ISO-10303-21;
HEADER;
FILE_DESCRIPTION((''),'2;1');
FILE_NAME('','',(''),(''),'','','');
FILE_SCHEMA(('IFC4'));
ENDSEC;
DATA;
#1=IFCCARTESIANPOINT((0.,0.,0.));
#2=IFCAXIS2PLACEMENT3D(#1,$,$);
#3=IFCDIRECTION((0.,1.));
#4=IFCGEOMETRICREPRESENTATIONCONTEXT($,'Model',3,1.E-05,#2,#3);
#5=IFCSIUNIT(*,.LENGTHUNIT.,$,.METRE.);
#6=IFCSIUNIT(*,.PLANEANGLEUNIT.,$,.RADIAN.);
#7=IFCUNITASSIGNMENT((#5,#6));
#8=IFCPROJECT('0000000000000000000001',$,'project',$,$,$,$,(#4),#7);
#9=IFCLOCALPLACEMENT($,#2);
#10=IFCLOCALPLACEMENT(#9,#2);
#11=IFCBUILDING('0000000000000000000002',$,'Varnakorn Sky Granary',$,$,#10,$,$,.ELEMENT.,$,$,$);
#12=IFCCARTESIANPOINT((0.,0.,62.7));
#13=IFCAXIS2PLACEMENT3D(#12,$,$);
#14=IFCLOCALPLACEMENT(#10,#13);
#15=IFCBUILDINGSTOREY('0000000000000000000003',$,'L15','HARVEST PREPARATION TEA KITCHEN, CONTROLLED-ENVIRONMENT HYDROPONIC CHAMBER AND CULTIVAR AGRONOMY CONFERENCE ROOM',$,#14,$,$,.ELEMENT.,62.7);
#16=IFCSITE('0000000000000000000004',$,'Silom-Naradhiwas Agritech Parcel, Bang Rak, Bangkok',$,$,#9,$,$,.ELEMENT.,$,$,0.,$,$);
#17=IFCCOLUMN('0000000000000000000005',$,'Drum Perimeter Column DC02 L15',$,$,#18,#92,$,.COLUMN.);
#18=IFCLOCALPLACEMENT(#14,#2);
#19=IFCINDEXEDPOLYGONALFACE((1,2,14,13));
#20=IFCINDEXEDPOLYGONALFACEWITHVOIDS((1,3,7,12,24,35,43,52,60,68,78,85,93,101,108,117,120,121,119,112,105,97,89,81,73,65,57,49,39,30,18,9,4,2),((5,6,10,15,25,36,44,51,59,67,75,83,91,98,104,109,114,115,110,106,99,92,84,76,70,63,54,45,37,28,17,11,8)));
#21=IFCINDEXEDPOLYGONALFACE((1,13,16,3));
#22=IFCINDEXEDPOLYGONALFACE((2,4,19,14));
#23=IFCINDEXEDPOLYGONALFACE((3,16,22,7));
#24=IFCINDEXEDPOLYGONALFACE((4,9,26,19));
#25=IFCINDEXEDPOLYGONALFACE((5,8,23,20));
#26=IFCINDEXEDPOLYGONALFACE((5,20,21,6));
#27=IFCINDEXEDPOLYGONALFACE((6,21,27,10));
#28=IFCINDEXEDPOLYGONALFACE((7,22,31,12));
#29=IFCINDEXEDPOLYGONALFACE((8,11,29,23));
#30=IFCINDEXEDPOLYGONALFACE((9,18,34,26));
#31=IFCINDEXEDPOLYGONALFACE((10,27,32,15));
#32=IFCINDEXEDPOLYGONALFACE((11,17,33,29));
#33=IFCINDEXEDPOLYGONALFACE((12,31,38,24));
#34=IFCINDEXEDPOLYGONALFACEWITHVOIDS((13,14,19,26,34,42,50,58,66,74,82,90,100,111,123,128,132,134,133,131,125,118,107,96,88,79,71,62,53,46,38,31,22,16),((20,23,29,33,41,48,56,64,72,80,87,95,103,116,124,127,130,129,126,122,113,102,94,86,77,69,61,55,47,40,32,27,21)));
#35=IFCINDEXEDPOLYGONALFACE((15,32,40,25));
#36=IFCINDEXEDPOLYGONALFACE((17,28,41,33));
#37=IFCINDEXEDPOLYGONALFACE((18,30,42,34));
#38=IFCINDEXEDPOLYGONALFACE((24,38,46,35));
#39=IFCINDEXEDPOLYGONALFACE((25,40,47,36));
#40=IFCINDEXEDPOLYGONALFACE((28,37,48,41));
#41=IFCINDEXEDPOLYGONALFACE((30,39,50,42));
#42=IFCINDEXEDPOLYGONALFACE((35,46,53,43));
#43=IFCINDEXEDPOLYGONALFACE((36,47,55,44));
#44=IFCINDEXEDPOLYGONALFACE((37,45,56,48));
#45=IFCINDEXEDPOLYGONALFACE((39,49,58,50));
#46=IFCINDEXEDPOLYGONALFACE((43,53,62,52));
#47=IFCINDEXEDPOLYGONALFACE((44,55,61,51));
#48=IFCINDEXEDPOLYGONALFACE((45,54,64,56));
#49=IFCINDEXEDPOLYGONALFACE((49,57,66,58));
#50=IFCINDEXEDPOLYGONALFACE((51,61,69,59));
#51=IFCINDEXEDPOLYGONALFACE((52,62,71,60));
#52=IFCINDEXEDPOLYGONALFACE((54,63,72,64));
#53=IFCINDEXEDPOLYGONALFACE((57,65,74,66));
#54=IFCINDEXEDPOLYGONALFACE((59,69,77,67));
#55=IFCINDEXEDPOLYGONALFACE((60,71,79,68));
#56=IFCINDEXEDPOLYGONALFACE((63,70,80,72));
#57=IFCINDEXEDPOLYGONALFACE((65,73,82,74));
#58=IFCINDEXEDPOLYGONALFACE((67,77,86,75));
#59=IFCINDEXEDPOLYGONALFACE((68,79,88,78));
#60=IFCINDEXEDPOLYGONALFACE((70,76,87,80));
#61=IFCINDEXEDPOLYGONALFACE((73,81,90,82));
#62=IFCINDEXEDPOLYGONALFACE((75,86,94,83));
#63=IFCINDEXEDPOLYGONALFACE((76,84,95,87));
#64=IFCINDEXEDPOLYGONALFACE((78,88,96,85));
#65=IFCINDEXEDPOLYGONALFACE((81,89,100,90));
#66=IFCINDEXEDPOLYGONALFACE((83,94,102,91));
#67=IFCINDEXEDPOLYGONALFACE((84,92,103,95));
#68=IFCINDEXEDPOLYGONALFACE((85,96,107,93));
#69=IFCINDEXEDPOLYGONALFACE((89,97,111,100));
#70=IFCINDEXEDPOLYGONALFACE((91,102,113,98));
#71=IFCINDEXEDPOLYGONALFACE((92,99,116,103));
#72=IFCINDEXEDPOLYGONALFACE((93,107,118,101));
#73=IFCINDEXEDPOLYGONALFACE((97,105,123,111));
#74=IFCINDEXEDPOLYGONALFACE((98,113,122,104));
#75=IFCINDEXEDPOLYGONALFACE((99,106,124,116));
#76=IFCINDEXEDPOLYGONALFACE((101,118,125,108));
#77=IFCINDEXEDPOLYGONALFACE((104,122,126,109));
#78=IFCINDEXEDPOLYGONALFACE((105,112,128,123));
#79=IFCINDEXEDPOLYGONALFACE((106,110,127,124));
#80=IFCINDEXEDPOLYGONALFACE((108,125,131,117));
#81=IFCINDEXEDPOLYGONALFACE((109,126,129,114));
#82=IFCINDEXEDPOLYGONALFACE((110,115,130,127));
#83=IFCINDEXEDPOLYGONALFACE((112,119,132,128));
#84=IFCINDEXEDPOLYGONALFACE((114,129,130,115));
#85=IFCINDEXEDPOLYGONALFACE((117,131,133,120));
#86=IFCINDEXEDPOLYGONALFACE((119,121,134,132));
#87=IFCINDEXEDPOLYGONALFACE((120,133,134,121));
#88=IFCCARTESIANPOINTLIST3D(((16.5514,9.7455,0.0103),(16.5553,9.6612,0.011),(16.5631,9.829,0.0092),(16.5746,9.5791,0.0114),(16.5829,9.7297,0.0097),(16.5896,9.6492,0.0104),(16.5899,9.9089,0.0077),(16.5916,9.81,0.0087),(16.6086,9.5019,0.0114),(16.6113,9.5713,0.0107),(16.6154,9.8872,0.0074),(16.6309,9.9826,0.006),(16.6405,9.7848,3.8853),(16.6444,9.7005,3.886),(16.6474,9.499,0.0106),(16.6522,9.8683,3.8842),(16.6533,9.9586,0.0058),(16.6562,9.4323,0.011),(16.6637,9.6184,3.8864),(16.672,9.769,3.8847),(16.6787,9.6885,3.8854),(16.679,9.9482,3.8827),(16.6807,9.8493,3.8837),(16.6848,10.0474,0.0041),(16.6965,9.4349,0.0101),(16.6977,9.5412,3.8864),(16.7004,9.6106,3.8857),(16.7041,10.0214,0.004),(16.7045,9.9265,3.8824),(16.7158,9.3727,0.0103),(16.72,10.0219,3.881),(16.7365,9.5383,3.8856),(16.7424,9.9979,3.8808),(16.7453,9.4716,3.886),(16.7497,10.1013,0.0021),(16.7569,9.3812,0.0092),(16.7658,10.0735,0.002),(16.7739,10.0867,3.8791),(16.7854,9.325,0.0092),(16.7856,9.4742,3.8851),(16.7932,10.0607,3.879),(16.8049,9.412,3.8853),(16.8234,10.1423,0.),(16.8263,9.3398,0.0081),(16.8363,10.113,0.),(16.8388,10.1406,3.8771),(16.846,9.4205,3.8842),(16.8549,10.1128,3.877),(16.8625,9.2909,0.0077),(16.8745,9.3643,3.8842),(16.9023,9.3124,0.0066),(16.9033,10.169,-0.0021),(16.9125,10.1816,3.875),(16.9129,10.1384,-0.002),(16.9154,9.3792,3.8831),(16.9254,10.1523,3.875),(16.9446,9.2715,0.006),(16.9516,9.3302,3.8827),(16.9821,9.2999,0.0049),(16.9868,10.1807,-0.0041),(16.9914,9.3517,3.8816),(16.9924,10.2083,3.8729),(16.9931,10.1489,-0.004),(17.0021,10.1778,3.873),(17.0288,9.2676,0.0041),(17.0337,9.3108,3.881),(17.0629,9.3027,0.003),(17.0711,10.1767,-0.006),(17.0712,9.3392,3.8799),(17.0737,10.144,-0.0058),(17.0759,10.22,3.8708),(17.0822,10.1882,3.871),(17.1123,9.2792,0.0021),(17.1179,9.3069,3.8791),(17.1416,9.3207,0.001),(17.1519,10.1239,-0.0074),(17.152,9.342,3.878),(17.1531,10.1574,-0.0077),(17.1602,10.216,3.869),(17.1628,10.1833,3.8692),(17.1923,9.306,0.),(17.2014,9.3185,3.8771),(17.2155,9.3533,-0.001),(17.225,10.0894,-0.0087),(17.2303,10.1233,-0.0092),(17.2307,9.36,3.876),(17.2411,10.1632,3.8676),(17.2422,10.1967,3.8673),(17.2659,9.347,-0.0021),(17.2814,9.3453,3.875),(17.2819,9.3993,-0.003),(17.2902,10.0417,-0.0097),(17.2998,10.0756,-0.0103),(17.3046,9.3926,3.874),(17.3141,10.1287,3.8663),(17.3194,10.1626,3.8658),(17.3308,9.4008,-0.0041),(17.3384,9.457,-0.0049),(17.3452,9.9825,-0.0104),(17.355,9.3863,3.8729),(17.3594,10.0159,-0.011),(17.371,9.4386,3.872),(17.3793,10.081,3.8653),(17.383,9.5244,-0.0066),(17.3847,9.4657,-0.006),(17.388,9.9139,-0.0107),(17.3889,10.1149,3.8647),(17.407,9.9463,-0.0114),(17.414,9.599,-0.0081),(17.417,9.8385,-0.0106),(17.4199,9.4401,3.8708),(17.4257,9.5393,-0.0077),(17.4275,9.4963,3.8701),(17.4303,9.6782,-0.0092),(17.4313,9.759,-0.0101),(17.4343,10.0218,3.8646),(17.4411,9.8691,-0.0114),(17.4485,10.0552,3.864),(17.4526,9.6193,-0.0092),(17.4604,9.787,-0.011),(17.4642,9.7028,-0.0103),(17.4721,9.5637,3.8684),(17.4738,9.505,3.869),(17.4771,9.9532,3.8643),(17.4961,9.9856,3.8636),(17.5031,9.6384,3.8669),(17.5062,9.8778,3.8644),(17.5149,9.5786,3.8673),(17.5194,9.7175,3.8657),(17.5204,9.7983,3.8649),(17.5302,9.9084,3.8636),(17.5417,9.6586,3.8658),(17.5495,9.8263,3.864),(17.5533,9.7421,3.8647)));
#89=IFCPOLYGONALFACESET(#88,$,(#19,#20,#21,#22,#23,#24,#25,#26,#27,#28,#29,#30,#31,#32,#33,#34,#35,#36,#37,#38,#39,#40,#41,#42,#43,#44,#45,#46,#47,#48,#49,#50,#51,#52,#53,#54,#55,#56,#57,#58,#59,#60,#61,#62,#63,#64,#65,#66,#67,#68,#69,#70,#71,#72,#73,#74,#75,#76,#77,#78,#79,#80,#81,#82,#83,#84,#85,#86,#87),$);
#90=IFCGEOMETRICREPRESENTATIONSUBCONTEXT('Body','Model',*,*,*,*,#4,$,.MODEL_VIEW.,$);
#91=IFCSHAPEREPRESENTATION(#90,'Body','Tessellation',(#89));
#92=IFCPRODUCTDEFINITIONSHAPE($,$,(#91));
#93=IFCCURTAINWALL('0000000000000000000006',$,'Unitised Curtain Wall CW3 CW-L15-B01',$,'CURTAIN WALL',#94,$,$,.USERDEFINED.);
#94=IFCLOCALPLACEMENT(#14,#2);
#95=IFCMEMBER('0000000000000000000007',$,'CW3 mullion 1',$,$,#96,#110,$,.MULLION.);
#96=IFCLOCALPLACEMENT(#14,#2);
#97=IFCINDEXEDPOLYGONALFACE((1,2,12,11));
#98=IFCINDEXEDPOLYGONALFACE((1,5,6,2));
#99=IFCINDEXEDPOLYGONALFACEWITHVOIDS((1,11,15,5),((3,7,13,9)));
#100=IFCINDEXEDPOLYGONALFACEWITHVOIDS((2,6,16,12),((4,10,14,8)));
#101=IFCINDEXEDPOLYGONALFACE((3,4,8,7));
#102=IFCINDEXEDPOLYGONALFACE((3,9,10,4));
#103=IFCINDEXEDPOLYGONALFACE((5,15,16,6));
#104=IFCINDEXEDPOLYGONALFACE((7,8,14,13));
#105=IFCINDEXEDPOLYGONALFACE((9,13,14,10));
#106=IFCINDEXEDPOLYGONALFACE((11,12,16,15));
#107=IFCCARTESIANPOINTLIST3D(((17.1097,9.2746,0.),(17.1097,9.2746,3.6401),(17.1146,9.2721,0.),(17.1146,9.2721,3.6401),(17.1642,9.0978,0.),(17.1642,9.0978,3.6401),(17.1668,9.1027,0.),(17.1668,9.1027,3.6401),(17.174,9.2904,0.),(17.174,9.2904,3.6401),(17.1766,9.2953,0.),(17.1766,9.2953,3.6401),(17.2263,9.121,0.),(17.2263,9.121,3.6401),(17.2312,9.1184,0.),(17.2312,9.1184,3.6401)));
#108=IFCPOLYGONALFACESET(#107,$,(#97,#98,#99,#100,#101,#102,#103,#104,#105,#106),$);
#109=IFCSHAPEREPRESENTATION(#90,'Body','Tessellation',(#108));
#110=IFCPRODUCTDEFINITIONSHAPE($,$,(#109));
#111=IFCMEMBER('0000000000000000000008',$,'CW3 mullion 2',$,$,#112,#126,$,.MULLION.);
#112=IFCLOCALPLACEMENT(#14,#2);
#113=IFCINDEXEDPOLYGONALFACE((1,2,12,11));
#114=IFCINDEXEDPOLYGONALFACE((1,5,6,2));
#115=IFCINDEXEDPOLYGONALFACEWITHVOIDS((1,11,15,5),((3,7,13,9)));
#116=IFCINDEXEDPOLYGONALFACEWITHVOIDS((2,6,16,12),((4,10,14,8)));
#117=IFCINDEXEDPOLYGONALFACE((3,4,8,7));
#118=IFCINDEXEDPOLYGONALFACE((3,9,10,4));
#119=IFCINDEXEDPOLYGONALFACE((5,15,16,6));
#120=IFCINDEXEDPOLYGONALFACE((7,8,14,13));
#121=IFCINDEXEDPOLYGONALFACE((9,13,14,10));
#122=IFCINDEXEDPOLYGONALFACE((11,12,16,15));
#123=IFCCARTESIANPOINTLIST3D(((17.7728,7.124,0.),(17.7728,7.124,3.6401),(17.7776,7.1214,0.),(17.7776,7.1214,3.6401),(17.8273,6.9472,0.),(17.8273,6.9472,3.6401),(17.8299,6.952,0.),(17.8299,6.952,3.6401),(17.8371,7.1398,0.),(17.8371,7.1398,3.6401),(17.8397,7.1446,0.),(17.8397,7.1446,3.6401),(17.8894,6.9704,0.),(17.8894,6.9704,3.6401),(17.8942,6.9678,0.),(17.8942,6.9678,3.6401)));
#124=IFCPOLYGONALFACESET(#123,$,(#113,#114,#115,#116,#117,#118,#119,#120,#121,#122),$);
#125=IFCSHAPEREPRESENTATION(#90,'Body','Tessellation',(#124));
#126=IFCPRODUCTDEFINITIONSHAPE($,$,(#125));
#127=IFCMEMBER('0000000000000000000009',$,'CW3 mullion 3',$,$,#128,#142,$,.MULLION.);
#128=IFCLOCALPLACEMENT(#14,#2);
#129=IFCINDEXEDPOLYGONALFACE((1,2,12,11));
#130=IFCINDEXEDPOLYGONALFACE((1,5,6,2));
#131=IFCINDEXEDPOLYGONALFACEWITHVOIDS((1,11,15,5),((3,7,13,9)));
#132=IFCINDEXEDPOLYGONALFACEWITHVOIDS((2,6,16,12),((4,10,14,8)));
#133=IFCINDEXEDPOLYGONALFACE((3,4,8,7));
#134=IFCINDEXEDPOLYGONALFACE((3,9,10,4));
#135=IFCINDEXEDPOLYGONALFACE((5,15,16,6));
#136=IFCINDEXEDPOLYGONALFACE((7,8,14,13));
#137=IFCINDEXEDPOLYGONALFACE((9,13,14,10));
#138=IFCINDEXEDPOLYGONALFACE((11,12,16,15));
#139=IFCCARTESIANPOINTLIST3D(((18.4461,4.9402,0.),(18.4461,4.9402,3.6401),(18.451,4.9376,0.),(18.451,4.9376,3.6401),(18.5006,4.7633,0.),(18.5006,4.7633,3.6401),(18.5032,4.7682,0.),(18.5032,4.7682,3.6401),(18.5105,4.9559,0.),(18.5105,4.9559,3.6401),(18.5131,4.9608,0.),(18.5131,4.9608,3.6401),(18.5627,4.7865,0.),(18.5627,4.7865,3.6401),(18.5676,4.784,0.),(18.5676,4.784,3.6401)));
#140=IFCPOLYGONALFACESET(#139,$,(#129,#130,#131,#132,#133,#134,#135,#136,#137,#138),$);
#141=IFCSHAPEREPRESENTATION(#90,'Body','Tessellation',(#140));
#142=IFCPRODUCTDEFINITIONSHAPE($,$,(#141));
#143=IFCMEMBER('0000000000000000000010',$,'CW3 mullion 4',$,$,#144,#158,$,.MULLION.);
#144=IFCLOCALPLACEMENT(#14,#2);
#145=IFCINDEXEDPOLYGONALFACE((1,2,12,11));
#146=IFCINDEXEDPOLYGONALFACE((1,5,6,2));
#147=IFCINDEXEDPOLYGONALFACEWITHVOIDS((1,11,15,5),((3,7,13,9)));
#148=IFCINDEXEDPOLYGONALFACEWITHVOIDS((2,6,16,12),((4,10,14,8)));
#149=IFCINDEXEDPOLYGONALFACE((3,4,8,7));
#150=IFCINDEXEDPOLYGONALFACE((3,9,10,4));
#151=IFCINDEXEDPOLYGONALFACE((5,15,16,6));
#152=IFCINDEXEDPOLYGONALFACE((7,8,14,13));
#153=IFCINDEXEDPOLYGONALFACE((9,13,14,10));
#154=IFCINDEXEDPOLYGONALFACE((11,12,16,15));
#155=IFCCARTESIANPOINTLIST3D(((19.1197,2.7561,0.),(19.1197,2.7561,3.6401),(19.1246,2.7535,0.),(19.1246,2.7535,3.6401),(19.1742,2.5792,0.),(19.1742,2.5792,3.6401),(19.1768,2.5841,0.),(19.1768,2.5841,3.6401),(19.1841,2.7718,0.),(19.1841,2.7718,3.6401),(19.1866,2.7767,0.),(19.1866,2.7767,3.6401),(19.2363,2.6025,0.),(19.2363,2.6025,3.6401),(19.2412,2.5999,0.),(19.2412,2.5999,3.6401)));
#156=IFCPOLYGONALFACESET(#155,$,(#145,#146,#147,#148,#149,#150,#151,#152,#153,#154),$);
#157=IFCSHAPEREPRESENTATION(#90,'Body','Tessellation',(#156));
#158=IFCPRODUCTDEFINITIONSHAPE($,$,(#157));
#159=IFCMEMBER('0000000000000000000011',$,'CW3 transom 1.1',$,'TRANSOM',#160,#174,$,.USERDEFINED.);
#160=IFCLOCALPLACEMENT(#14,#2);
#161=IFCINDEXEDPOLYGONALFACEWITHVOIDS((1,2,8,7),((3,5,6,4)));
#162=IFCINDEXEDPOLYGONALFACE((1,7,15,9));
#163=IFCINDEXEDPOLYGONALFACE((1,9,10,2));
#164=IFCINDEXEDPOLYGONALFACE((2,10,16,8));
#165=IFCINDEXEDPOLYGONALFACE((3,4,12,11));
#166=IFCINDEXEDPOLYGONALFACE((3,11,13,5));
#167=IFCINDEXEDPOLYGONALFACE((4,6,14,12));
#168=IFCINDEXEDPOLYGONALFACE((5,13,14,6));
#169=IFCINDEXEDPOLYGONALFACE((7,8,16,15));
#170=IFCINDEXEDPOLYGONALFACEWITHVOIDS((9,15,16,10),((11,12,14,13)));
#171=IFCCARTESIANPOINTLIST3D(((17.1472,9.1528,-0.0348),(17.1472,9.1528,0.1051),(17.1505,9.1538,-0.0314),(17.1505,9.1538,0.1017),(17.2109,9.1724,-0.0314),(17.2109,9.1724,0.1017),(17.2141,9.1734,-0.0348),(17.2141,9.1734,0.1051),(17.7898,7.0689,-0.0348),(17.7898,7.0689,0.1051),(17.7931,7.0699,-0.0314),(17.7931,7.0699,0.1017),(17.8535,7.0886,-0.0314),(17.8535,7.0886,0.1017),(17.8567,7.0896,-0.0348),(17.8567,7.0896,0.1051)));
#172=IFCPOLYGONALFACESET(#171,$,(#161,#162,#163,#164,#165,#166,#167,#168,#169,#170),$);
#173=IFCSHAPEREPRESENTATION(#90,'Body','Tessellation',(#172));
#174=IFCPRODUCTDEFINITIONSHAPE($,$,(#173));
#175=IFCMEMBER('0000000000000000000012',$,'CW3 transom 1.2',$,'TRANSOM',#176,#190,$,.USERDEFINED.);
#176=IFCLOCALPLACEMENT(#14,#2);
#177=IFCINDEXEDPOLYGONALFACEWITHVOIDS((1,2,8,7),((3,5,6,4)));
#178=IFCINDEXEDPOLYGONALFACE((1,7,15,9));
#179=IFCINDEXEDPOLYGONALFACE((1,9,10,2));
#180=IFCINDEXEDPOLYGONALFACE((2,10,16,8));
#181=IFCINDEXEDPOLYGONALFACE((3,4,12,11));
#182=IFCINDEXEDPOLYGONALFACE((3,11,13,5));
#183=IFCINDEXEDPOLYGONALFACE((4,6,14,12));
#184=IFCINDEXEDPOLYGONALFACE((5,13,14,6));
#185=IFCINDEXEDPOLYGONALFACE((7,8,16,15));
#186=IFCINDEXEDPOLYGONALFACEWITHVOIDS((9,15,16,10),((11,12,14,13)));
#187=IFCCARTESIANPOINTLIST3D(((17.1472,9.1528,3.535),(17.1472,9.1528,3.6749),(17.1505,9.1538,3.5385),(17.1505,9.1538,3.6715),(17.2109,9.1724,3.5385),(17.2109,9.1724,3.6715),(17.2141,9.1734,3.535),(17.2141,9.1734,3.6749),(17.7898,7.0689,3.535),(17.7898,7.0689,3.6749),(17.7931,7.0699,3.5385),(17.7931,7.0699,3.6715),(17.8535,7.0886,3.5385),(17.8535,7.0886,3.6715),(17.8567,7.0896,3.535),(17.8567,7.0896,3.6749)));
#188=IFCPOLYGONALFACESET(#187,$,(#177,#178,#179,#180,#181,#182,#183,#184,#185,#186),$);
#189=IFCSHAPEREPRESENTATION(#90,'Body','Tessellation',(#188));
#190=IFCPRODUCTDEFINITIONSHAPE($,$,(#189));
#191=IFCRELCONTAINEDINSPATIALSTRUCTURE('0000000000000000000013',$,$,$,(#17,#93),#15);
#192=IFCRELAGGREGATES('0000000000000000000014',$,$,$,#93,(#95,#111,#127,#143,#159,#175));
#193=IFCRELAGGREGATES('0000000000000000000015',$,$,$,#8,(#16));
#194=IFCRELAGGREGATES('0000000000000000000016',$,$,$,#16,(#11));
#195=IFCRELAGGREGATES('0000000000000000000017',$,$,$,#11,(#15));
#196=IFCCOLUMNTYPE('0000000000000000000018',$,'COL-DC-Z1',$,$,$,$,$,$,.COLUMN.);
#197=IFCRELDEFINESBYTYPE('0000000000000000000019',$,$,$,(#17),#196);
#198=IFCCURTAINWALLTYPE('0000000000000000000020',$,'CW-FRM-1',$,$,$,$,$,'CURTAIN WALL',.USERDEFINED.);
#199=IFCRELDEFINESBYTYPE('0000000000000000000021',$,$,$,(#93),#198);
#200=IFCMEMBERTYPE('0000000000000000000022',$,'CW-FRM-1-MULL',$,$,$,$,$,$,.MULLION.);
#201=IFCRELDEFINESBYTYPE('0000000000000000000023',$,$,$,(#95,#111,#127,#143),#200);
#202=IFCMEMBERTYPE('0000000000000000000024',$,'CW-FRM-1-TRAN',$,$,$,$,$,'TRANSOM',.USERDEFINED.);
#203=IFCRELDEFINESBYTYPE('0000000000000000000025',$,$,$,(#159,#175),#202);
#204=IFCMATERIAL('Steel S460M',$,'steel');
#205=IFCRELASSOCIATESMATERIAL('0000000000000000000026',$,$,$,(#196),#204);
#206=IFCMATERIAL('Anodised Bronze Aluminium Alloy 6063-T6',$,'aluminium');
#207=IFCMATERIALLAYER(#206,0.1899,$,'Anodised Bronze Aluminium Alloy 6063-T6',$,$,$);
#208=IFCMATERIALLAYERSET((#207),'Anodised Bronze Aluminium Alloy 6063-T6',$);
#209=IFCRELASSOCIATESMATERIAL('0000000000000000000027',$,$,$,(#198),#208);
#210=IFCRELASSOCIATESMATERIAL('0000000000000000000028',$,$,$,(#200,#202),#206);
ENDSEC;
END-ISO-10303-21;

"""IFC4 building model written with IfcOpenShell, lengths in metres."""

from ifc_helpers import new_model, si_unit, direction, frame, origin, origin_2d, place, context, subcontext, project, spatial, hollow_rectangle, hollow_circle, extrude, material, layer, layer_set, material_profile, profile_set, type_object, element, aggregate, save


model = new_model("IFC4")

# Units and contexts
model_context = context("Model", 3, precision=1e-05, world=origin(), true_north=direction((0.0, 1.0)))
body_context = subcontext(model_context, "Body", "Model", "MODEL_VIEW")
ifc_project = project(units=[si_unit("LENGTHUNIT", "METRE"), si_unit("PLANEANGLEUNIT", "RADIAN")], contexts=[model_context])

# Site, building, storey
site_placement = place(None, origin())
site = spatial("IfcSite", under=ifc_project, at=site_placement, Name="Silom-Naradhiwas Agritech Parcel, Bang Rak, Bangkok", CompositionType="ELEMENT", RefElevation=0.0)
building_placement = place(site_placement, origin())
building = spatial("IfcBuilding", under=site, at=building_placement, Name="Varnakorn Sky Granary", CompositionType="ELEMENT")
storey_placement = place(building_placement, frame((0.0, 0.0, 62.7)))
storey = spatial("IfcBuildingStorey", under=building, at=storey_placement, Name="L15", Description="HARVEST PREPARATION TEA KITCHEN, CONTROLLED-ENVIRONMENT HYDROPONIC CHAMBER AND CULTIVAR AGRONOMY CONFERENCE ROOM", CompositionType="ELEMENT", Elevation=62.7)

# Column
ifc_material_1 = material(Name="Steel S460M", Category="steel")
ifc_material_profile_1 = material_profile(ifc_material_1, hollow_circle(Radius=0.457, WallThickness=0.032, at=origin_2d()), Name="CHS 914x32")
ifc_profile_set_1 = profile_set([ifc_material_profile_1], Name="Steel S460M")
column_type = type_object("IfcColumnType", Name="COL-DC-Z1", PredefinedType="COLUMN", material=ifc_profile_set_1)
column_placement = place(storey_placement, frame((17.0078, 9.7241, 0.0), z_axis=(0.022989, 0.01014, 0.999684), x_axis=(-0.403578, 0.914945, 0.0)))
element("IfcColumn", 1, at=column_placement, inside=storey, type_object=column_type, Name="Drum Perimeter Column DC02 L15", PredefinedType="COLUMN", context=body_context, shape_type="SweptSolid", body=[
    extrude(hollow_circle(Radius=0.457, WallThickness=0.032, at=origin_2d()), origin(), (0.0, 0.0, 1.0), 3.8762),
])

# Curtain wall, members
ifc_material_2 = material(Name="Anodised Bronze Aluminium Alloy 6063-T6", Category="aluminium")
ifc_layer_1 = layer(ifc_material_2, 0.1899, Name="Anodised Bronze Aluminium Alloy 6063-T6")
ifc_layer_set_1 = layer_set([ifc_layer_1], Name="Anodised Bronze Aluminium Alloy 6063-T6")
curtain_wall_type = type_object("IfcCurtainWallType", Name="CW-FRM-1", ElementType="CURTAIN WALL", PredefinedType="USERDEFINED", material=ifc_layer_set_1)
curtain_wall_placement = place(storey_placement, origin())
curtain_wall = element("IfcCurtainWall", 2, at=curtain_wall_placement, inside=storey, type_object=curtain_wall_type, Name="Unitised Curtain Wall CW3 CW-L15-B01", ObjectType="CURTAIN WALL", PredefinedType="USERDEFINED")
ifc_material_profile_2 = material_profile(ifc_material_2, hollow_rectangle(XDim=0.0701, YDim=0.1851, WallThickness=0.0039, at=origin_2d()), Name="ALU MULL 70x185")
ifc_profile_set_2 = profile_set([ifc_material_profile_2], Name="Anodised Bronze Aluminium Alloy 6063-T6")
member_type_1 = type_object("IfcMemberType", Name="CW-FRM-1-MULL", PredefinedType="MULLION", material=ifc_profile_set_2)
member_1_placement = place(storey_placement, frame((17.1704, 9.1965, 0.0), z_axis=(0.0, 0.0, 1.0), x_axis=(0.955607, 0.294645, 0.0)))
member_1 = element("IfcMember", 3, at=member_1_placement, type_object=member_type_1, Name="CW3 mullion 1", PredefinedType="MULLION", context=body_context, shape_type="SweptSolid", body=[
    extrude(hollow_rectangle(XDim=0.0701, YDim=0.1851, WallThickness=0.0039, at=origin_2d()), origin(), (0.0, 0.0, 1.0), 3.6401),
])
member_2_placement = place(storey_placement, frame((17.8335, 7.0459, 0.0), z_axis=(0.0, 0.0, 1.0), x_axis=(0.955607, 0.294645, 0.0)))
member_2 = element("IfcMember", 4, at=member_2_placement, type_object=member_type_1, Name="CW3 mullion 2", PredefinedType="MULLION", context=body_context, shape_type="SweptSolid", body=[
    extrude(hollow_rectangle(XDim=0.0701, YDim=0.1851, WallThickness=0.0039, at=origin_2d()), origin(), (0.0, 0.0, 1.0), 3.6401),
])
member_3_placement = place(storey_placement, frame((18.5068, 4.8621, 0.0), z_axis=(0.0, 0.0, 1.0), x_axis=(0.955607, 0.294645, 0.0)))
member_3 = element("IfcMember", 5, at=member_3_placement, type_object=member_type_1, Name="CW3 mullion 3", PredefinedType="MULLION", context=body_context, shape_type="SweptSolid", body=[
    extrude(hollow_rectangle(XDim=0.0701, YDim=0.1851, WallThickness=0.0039, at=origin_2d()), origin(), (0.0, 0.0, 1.0), 3.6401),
])
member_4_placement = place(storey_placement, frame((19.1804, 2.678, 0.0), z_axis=(0.0, 0.0, 1.0), x_axis=(0.955607, 0.294645, 0.0)))
member_4 = element("IfcMember", 6, at=member_4_placement, type_object=member_type_1, Name="CW3 mullion 4", PredefinedType="MULLION", context=body_context, shape_type="SweptSolid", body=[
    extrude(hollow_rectangle(XDim=0.0701, YDim=0.1851, WallThickness=0.0039, at=origin_2d()), origin(), (0.0, 0.0, 1.0), 3.6401),
])
ifc_material_profile_3 = material_profile(ifc_material_2, hollow_rectangle(XDim=0.0701, YDim=0.1399, WallThickness=0.0034, at=origin_2d()), Name="ALU TRAN 70x140")
ifc_profile_set_3 = profile_set([ifc_material_profile_3], Name="Anodised Bronze Aluminium Alloy 6063-T6")
member_type_2 = type_object("IfcMemberType", Name="CW-FRM-1-TRAN", ElementType="TRANSOM", PredefinedType="USERDEFINED", material=ifc_profile_set_3)
member_5_placement = place(storey_placement, frame((17.1807, 9.1631, 0.0352), z_axis=(0.294684, -0.955595, 0.0), x_axis=(0.955595, 0.294684, 0.0)))
member_5 = element("IfcMember", 7, at=member_5_placement, type_object=member_type_2, Name="CW3 transom 1.1", ObjectType="TRANSOM", PredefinedType="USERDEFINED", context=body_context, shape_type="SweptSolid", body=[
    extrude(hollow_rectangle(XDim=0.0701, YDim=0.1399, WallThickness=0.0034, at=origin_2d()), origin(), (0.0, 0.0, 1.0), 2.1807),
])
member_6_placement = place(storey_placement, frame((17.1807, 9.1631, 3.605), z_axis=(0.294684, -0.955595, 0.0), x_axis=(0.955595, 0.294684, 0.0)))
member_6 = element("IfcMember", 8, at=member_6_placement, type_object=member_type_2, Name="CW3 transom 1.2", ObjectType="TRANSOM", PredefinedType="USERDEFINED", context=body_context, shape_type="SweptSolid", body=[
    extrude(hollow_rectangle(XDim=0.0701, YDim=0.1399, WallThickness=0.0034, at=origin_2d()), origin(), (0.0, 0.0, 1.0), 2.1807),
])
aggregate(curtain_wall, [member_1, member_2, member_3, member_4, member_5, member_6])

save(model, "model.ifc")
